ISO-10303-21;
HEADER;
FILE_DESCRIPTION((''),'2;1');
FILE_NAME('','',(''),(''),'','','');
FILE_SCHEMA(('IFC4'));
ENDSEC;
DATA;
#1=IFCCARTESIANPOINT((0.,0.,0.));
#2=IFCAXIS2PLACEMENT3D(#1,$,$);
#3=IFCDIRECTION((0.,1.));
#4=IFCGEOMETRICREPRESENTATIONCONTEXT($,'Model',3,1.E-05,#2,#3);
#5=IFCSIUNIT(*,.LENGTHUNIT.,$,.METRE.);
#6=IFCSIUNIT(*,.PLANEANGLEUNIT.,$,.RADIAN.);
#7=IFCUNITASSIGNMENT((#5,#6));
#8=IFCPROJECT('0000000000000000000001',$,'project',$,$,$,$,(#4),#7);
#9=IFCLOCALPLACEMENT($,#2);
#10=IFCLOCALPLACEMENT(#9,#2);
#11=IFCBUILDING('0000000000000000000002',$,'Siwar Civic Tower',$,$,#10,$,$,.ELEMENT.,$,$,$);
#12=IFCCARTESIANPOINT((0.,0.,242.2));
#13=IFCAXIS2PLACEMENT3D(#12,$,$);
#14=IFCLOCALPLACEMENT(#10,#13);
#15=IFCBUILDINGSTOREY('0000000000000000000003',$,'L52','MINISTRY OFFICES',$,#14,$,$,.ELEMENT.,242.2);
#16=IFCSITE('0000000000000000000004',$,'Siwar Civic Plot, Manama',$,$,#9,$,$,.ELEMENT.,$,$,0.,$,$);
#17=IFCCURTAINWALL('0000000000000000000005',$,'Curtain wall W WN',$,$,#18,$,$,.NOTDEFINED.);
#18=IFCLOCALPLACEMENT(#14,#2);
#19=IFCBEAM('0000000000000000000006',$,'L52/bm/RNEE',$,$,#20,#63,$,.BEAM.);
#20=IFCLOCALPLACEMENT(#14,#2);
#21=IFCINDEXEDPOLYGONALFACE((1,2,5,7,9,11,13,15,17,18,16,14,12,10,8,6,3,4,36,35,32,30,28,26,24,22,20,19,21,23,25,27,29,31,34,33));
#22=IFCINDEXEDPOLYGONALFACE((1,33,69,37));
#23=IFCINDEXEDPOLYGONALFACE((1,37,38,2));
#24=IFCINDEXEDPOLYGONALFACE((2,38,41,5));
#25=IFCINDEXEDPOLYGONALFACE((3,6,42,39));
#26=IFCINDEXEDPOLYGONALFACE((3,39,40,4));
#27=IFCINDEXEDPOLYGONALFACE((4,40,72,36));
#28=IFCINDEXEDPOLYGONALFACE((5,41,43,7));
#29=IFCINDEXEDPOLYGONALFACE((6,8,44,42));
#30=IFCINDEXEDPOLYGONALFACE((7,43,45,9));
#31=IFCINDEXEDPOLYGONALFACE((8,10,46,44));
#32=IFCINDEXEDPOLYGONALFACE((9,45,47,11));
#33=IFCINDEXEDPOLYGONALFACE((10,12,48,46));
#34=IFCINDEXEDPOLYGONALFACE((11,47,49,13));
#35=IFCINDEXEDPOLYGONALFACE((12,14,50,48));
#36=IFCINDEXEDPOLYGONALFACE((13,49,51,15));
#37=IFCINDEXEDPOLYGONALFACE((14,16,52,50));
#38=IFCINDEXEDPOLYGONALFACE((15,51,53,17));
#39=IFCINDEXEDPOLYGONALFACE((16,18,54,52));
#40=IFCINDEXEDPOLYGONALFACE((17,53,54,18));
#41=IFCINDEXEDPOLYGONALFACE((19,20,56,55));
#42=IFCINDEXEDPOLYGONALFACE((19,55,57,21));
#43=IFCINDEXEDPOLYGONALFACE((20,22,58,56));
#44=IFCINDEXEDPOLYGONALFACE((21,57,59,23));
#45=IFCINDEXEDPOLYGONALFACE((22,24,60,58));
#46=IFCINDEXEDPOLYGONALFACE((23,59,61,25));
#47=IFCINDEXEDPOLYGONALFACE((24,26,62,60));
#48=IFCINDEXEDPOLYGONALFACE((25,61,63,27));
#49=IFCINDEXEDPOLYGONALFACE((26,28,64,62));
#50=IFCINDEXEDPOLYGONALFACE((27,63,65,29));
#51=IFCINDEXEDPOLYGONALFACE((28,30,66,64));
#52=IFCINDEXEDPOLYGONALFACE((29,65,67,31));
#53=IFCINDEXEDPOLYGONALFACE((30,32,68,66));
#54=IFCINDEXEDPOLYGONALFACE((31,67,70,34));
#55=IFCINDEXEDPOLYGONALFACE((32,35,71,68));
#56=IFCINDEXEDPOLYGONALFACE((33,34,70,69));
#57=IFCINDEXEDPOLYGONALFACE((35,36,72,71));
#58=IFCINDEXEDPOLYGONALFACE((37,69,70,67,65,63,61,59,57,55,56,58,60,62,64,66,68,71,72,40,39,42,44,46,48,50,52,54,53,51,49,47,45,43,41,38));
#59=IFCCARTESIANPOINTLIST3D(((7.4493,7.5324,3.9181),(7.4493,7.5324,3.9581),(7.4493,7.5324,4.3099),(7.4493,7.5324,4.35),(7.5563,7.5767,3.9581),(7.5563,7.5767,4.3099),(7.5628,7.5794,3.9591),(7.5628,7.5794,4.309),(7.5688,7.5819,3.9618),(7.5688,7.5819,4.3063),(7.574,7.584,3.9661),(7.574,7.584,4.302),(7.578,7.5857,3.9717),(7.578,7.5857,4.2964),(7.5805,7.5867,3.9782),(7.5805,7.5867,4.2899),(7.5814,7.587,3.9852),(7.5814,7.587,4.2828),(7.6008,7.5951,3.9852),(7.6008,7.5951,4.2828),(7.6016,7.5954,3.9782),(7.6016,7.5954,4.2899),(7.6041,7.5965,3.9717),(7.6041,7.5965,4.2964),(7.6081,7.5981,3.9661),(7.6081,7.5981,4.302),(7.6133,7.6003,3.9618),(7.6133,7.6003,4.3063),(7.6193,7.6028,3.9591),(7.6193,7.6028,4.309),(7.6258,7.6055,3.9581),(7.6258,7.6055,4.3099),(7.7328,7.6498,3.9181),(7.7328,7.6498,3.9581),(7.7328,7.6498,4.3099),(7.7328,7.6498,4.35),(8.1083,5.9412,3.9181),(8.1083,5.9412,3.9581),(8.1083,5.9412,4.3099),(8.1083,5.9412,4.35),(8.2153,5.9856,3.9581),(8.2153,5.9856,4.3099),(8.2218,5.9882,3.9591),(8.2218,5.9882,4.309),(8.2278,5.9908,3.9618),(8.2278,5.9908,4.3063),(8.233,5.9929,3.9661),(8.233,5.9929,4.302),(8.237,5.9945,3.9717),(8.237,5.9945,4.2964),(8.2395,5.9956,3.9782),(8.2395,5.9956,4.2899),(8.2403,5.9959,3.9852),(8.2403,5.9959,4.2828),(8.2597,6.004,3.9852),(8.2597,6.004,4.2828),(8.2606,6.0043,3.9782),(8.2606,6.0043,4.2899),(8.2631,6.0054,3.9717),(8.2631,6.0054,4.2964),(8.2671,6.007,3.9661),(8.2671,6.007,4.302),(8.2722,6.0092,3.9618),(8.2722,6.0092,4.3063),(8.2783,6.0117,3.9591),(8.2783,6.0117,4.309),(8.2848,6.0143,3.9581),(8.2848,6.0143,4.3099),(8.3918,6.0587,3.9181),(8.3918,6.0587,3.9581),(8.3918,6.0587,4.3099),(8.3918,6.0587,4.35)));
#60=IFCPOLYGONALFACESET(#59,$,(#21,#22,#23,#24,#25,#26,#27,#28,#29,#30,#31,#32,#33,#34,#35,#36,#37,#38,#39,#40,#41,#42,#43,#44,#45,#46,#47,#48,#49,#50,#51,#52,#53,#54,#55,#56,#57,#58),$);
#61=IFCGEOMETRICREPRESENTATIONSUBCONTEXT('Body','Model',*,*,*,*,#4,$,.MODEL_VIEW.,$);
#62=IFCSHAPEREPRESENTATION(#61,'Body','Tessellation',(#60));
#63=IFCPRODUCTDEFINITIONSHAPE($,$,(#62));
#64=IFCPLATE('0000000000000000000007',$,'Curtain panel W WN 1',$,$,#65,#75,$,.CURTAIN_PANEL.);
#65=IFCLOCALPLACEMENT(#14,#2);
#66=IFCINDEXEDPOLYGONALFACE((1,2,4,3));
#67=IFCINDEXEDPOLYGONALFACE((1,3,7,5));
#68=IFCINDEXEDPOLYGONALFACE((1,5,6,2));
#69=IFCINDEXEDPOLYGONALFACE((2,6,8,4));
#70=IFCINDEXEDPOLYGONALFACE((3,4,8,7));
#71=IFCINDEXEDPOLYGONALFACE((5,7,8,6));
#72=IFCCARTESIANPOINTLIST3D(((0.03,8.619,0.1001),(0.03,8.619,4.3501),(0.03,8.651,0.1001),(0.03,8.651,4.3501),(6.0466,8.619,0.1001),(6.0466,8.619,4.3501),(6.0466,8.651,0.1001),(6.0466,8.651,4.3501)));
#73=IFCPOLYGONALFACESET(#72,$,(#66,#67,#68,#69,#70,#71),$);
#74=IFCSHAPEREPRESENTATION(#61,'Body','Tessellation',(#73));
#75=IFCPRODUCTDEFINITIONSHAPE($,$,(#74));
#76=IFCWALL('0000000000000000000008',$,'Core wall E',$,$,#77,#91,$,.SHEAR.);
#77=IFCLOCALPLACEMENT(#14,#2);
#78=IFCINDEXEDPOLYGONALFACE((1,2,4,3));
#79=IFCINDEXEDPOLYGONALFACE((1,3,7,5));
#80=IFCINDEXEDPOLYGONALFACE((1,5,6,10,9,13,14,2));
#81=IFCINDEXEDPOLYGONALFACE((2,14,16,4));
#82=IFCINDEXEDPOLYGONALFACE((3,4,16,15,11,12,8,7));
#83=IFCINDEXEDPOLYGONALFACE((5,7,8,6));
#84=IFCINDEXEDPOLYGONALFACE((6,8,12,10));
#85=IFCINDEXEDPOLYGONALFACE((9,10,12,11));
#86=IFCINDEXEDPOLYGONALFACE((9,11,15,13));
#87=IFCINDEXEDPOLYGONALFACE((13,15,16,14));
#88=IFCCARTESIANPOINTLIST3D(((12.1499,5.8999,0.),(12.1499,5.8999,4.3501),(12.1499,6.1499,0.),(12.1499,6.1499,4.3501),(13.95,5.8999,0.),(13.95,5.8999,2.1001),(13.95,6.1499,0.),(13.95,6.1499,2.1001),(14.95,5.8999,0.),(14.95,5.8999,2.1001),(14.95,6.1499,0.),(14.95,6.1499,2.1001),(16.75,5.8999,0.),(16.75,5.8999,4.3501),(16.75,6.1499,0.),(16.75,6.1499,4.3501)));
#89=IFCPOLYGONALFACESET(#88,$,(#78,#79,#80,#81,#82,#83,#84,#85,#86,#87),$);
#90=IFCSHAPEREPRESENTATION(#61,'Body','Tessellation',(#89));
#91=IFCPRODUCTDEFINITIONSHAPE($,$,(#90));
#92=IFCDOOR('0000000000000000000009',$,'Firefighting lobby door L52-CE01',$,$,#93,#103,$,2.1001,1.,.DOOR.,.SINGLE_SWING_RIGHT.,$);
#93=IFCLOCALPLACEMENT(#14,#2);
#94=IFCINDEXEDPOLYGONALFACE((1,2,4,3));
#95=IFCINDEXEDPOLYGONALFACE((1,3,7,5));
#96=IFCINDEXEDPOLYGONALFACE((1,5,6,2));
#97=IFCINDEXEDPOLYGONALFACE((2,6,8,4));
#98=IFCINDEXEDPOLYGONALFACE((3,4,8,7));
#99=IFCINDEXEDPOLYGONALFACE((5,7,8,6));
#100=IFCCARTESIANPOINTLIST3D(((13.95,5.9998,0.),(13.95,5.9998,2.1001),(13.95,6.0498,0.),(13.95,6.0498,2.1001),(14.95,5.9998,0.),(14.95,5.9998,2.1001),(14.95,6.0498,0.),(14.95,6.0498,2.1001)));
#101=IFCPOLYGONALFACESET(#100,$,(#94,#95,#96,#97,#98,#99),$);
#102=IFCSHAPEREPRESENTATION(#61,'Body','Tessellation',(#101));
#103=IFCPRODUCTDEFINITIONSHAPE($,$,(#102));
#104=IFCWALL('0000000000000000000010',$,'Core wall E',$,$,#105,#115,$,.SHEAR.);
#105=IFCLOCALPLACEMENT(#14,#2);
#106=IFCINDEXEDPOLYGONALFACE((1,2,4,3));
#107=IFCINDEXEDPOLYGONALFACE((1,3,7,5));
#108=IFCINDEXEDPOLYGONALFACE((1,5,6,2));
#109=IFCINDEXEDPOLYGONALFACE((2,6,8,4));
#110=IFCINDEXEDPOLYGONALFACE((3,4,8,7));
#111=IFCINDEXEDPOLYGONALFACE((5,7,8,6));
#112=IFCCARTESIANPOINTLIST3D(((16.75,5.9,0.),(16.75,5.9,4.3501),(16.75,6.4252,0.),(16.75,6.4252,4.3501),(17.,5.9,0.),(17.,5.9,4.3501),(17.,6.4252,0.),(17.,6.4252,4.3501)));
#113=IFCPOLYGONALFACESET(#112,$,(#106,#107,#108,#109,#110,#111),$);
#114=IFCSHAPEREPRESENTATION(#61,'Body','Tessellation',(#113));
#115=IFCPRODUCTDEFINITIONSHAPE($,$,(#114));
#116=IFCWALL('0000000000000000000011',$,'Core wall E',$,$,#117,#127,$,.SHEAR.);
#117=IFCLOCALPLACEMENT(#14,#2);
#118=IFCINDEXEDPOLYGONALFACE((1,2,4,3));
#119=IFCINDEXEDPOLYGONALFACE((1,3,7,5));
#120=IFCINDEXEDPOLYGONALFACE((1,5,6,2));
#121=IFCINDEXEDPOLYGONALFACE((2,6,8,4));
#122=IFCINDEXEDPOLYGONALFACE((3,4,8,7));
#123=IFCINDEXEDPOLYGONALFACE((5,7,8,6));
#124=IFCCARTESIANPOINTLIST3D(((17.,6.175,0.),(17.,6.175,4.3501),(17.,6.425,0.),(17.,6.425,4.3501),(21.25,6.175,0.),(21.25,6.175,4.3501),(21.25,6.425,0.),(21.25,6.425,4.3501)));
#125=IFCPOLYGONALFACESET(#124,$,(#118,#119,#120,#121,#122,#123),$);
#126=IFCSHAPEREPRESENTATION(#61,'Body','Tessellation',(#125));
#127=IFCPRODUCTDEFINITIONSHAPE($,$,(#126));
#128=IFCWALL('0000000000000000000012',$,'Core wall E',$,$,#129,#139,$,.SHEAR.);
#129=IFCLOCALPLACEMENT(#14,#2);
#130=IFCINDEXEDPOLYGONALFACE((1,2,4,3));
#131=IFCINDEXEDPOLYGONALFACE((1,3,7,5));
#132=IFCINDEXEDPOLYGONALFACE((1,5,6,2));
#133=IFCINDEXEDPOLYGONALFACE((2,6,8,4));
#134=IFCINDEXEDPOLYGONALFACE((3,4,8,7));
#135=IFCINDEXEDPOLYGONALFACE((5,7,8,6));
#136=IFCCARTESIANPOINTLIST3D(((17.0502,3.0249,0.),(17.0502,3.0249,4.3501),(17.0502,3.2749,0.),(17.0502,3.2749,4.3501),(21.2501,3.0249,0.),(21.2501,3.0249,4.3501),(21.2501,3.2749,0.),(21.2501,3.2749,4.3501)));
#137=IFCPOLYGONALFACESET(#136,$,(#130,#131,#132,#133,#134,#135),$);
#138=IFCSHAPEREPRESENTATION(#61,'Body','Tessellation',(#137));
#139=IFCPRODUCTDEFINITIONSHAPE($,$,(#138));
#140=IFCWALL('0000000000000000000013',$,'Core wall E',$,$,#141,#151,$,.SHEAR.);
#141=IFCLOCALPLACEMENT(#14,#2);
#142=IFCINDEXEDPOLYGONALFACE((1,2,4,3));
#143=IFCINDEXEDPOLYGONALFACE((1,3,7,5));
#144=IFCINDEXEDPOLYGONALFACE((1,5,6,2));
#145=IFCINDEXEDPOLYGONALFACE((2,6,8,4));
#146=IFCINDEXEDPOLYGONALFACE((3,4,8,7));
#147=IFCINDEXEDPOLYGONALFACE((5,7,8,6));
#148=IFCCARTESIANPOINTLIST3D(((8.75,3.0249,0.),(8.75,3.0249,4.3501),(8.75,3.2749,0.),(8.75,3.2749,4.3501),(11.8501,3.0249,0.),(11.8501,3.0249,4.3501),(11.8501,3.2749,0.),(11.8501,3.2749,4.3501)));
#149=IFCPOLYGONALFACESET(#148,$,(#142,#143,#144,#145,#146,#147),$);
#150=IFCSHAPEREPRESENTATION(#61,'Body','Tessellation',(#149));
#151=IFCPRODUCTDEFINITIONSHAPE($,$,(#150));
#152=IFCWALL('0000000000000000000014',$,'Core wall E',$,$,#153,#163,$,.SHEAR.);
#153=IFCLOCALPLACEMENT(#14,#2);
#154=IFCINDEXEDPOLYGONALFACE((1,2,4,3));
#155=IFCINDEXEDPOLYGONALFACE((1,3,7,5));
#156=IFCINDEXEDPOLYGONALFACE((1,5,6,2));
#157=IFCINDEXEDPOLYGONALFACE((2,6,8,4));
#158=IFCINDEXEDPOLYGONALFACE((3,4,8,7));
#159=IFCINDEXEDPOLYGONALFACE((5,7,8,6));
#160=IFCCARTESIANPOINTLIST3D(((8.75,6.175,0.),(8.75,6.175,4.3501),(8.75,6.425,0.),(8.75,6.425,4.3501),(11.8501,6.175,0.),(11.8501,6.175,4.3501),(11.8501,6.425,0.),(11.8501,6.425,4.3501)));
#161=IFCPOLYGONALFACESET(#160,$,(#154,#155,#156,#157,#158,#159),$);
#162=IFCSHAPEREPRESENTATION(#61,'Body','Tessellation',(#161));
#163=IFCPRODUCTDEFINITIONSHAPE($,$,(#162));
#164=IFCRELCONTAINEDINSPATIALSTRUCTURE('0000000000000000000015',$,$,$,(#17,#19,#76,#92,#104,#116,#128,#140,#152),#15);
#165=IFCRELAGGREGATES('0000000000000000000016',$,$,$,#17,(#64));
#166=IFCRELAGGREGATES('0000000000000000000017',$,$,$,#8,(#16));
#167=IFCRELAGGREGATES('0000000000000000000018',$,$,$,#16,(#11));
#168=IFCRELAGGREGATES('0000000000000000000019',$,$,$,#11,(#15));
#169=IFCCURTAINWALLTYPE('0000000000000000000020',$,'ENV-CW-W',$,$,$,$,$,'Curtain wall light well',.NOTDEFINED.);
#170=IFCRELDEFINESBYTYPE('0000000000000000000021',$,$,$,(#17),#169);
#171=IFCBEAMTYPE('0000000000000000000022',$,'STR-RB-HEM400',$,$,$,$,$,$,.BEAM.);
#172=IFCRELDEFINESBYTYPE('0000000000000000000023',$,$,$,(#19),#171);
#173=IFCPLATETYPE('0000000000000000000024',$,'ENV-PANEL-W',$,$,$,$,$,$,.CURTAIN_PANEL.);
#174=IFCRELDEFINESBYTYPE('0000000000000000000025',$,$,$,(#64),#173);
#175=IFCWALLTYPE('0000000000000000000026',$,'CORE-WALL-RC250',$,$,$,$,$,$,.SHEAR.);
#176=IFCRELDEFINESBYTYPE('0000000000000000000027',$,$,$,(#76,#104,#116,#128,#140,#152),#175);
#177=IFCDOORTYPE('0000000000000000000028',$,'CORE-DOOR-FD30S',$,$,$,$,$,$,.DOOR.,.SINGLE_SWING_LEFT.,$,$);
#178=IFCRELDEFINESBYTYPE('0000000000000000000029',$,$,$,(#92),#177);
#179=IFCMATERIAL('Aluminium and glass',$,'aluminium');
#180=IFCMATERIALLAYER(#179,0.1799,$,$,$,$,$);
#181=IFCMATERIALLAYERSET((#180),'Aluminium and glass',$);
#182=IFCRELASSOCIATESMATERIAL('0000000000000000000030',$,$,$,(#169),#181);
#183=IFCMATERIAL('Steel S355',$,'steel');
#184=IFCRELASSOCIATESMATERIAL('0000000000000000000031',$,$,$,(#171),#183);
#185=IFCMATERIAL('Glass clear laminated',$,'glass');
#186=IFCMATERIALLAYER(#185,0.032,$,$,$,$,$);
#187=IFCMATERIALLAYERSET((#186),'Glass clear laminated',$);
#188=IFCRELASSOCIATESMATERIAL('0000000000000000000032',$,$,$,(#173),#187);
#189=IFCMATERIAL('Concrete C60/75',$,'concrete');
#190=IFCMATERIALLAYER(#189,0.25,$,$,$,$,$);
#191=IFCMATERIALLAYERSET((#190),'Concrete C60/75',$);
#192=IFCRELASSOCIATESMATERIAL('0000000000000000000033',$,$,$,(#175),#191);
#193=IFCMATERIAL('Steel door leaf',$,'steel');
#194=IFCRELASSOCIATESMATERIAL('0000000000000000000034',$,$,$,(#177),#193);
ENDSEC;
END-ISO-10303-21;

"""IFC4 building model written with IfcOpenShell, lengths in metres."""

from ifc_helpers import new_model, si_unit, direction, frame, frame_2d, origin, origin_2d, place, context, subcontext, project, spatial, rectangle, i_section, extrude, material, layer, layer_set, material_profile, profile_set, type_object, element, fill, aggregate, save


model = new_model("IFC4")

# Units and contexts
model_context = context("Model", 3, precision=1e-05, world=origin(), true_north=direction((0.0, 1.0)))
body_context = subcontext(model_context, "Body", "Model", "MODEL_VIEW")
ifc_project = project(units=[si_unit("LENGTHUNIT", "METRE"), si_unit("PLANEANGLEUNIT", "RADIAN")], contexts=[model_context])

# Site, building, storey
site_placement = place(None, origin())
site = spatial("IfcSite", under=ifc_project, at=site_placement, Name="Siwar Civic Plot, Manama", CompositionType="ELEMENT", RefElevation=0.0)
building_placement = place(site_placement, origin())
building = spatial("IfcBuilding", under=site, at=building_placement, Name="Siwar Civic Tower", CompositionType="ELEMENT")
storey_placement = place(building_placement, frame((0.0, 0.0, 242.2)))
storey = spatial("IfcBuildingStorey", under=building, at=storey_placement, Name="L52", Description="MINISTRY OFFICES", CompositionType="ELEMENT", Elevation=242.2)

# Curtain wall
ifc_material_1 = material(Name="Aluminium and glass", Category="aluminium")
ifc_layer_1 = layer(ifc_material_1, 0.1799)
ifc_layer_set_1 = layer_set([ifc_layer_1], Name="Aluminium and glass")
curtain_wall_type = type_object("IfcCurtainWallType", Name="ENV-CW-W", ElementType="Curtain wall light well", PredefinedType="NOTDEFINED", material=ifc_layer_set_1)
curtain_wall_placement = place(storey_placement, origin())
curtain_wall = element("IfcCurtainWall", 1, at=curtain_wall_placement, inside=storey, type_object=curtain_wall_type, Name="Curtain wall W WN", PredefinedType="NOTDEFINED")

# Beam
ifc_material_2 = material(Name="Steel S355", Category="steel")
ifc_material_profile_1 = material_profile(ifc_material_2, i_section(OverallWidth=0.3069, OverallDepth=0.4319, WebThickness=0.021, FlangeThickness=0.04, FilletRadius=0.0271, at=origin_2d()), Name="HEM400")
ifc_profile_set_1 = profile_set([ifc_material_profile_1], Name="Steel S355")
beam_type_1 = type_object("IfcBeamType", Name="STR-RB-HEM400", PredefinedType="BEAM", material=ifc_profile_set_1)
for number, where, z_axis, x_axis, name in (
    (2, (7.5911, 7.5911, 4.134), (0.382631, -0.923901, 0.0), (0.923901, 0.382631, 0.0), "L52/bm/RNEE"),
):
    element("IfcBeam", number, at=place(storey_placement, frame(where, z_axis=z_axis, x_axis=x_axis)), inside=storey, type_object=beam_type_1, Name=name, PredefinedType="BEAM", context=body_context, shape_type="SweptSolid", body=[
        extrude(i_section(OverallWidth=0.3069, OverallDepth=0.4319, WebThickness=0.021, FlangeThickness=0.04, FilletRadius=0.0271, at=origin_2d()), origin(), (0.0, 0.0, 1.0), 1.7222),
    ])

# Plate
ifc_material_3 = material(Name="Glass clear laminated", Category="glass")
ifc_layer_2 = layer(ifc_material_3, 0.032)
ifc_layer_set_2 = layer_set([ifc_layer_2], Name="Glass clear laminated")
plate_type = type_object("IfcPlateType", Name="ENV-PANEL-W", PredefinedType="CURTAIN_PANEL", material=ifc_layer_set_2)
plate_placement = place(storey_placement, frame((3.0383, 8.635, 0.1001), z_axis=(0.0, 0.0, 1.0), x_axis=(-1.0, 0.0, 0.0)))
plate = element("IfcPlate", 3, at=plate_placement, type_object=plate_type, Name="Curtain panel W WN 1", PredefinedType="CURTAIN_PANEL", context=body_context, shape_type="SweptSolid", body=[
    extrude(rectangle(XDim=6.0166, YDim=0.032, at=origin_2d()), origin(), (0.0, 0.0, 1.0), 4.25),
])
aggregate(curtain_wall, [plate])

# Wall, opening, door
ifc_material_4 = material(Name="Concrete C60/75", Category="concrete")
ifc_layer_3 = layer(ifc_material_4, 0.25)
ifc_layer_set_3 = layer_set([ifc_layer_3], Name="Concrete C60/75")
wall_type_1 = type_object("IfcWallType", Name="CORE-WALL-RC250", PredefinedType="SHEAR", material=ifc_layer_set_3)
wall_1_placement = place(storey_placement, frame((12.1499, 6.0249, 0.0), z_axis=(0.0, 0.0, 1.0), x_axis=(1.0, 0.0, 0.0)))
wall_1 = element("IfcWall", 4, at=wall_1_placement, inside=storey, type_object=wall_type_1, Name="Core wall E", PredefinedType="SHEAR", context=body_context, shape_type="SweptSolid", body=[
    extrude(rectangle(XDim=4.6001, YDim=0.25, at=frame_2d((2.3, 0.0))), origin(), (0.0, 0.0, 1.0), 4.3501),
])
opening_1_placement = place(wall_1_placement, frame((1.8, 0.0, 0.0)))
opening_1 = element("IfcOpeningElement", 5, at=opening_1_placement, cuts=wall_1, PredefinedType="OPENING", context=body_context, shape_type="SweptSolid", body=[
    extrude(rectangle(XDim=1.0, YDim=2.1001, at=frame_2d((0.5, 1.05))), frame((0.0, 0.135, 0.0), z_axis=(0.0, -1.0, 0.0), x_axis=(1.0, 0.0, 0.0)), (0.0, 0.0, 1.0), 0.27),
])
ifc_material_5 = material(Name="Steel door leaf", Category="steel")
door_type_1 = type_object("IfcDoorType", Name="CORE-DOOR-FD30S", OperationType="SINGLE_SWING_LEFT", PredefinedType="DOOR", material=ifc_material_5)
door_1_placement = place(opening_1_placement, origin())
door_1 = element("IfcDoor", 6, at=door_1_placement, inside=storey, type_object=door_type_1, Name="Firefighting lobby door L52-CE01", OperationType="SINGLE_SWING_RIGHT", OverallHeight=2.1001, OverallWidth=1.0, PredefinedType="DOOR", context=body_context, shape_type="SweptSolid", body=[
    extrude(rectangle(XDim=1.0, YDim=2.1001, at=frame_2d((0.5, 1.05))), frame((0.0, 0.0249, 0.0), z_axis=(0.0, -1.0, 0.0), x_axis=(1.0, 0.0, 0.0)), (0.0, 0.0, 1.0), 0.05),
])
fill(opening_1, door_1)

# Walls
wall_2_placement = place(storey_placement, frame((16.875, 5.8999, 0.0), z_axis=(0.0, 0.0, 1.0), x_axis=(0.0, 1.0, 0.0)))
element("IfcWall", 7, at=wall_2_placement, inside=storey, type_object=wall_type_1, Name="Core wall E", PredefinedType="SHEAR", context=body_context, shape_type="SweptSolid", body=[
    extrude(rectangle(XDim=0.5251, YDim=0.25, at=frame_2d((0.2627, 0.0))), origin(), (0.0, 0.0, 1.0), 4.3501),
])
wall_3_placement = place(storey_placement, frame((17.0, 6.3, 0.0), z_axis=(0.0, 0.0, 1.0), x_axis=(1.0, 0.0, 0.0)))
element("IfcWall", 8, at=wall_3_placement, inside=storey, type_object=wall_type_1, Name="Core wall E", PredefinedType="SHEAR", context=body_context, shape_type="SweptSolid", body=[
    extrude(rectangle(XDim=4.25, YDim=0.25, at=frame_2d((2.125, 0.0))), origin(), (0.0, 0.0, 1.0), 4.3501),
])
wall_4_placement = place(storey_placement, frame((17.05, 3.1499, 0.0), z_axis=(0.0, 0.0, 1.0), x_axis=(1.0, 0.0, 0.0)))
element("IfcWall", 9, at=wall_4_placement, inside=storey, type_object=wall_type_1, Name="Core wall E", PredefinedType="SHEAR", context=body_context, shape_type="SweptSolid", body=[
    extrude(rectangle(XDim=4.2, YDim=0.25, at=frame_2d((2.1001, 0.0))), origin(), (0.0, 0.0, 1.0), 4.3501),
])
for number, where, z_axis, x_axis, name in (
    (10, (8.75, 3.1499, 0.0), (0.0, 0.0, 1.0), (1.0, 0.0, 0.0), "Core wall E"),
    (11, (8.75, 6.3, 0.0), (0.0, 0.0, 1.0), (1.0, 0.0, 0.0), "Core wall E"),
):
    element("IfcWall", number, at=place(storey_placement, frame(where, z_axis=z_axis, x_axis=x_axis)), inside=storey, type_object=wall_type_1, Name=name, PredefinedType="SHEAR", context=body_context, shape_type="SweptSolid", body=[
        extrude(rectangle(XDim=3.1001, YDim=0.25, at=frame_2d((1.55, 0.0))), origin(), (0.0, 0.0, 1.0), 4.3501),
    ])

save(model, "model.ifc")
